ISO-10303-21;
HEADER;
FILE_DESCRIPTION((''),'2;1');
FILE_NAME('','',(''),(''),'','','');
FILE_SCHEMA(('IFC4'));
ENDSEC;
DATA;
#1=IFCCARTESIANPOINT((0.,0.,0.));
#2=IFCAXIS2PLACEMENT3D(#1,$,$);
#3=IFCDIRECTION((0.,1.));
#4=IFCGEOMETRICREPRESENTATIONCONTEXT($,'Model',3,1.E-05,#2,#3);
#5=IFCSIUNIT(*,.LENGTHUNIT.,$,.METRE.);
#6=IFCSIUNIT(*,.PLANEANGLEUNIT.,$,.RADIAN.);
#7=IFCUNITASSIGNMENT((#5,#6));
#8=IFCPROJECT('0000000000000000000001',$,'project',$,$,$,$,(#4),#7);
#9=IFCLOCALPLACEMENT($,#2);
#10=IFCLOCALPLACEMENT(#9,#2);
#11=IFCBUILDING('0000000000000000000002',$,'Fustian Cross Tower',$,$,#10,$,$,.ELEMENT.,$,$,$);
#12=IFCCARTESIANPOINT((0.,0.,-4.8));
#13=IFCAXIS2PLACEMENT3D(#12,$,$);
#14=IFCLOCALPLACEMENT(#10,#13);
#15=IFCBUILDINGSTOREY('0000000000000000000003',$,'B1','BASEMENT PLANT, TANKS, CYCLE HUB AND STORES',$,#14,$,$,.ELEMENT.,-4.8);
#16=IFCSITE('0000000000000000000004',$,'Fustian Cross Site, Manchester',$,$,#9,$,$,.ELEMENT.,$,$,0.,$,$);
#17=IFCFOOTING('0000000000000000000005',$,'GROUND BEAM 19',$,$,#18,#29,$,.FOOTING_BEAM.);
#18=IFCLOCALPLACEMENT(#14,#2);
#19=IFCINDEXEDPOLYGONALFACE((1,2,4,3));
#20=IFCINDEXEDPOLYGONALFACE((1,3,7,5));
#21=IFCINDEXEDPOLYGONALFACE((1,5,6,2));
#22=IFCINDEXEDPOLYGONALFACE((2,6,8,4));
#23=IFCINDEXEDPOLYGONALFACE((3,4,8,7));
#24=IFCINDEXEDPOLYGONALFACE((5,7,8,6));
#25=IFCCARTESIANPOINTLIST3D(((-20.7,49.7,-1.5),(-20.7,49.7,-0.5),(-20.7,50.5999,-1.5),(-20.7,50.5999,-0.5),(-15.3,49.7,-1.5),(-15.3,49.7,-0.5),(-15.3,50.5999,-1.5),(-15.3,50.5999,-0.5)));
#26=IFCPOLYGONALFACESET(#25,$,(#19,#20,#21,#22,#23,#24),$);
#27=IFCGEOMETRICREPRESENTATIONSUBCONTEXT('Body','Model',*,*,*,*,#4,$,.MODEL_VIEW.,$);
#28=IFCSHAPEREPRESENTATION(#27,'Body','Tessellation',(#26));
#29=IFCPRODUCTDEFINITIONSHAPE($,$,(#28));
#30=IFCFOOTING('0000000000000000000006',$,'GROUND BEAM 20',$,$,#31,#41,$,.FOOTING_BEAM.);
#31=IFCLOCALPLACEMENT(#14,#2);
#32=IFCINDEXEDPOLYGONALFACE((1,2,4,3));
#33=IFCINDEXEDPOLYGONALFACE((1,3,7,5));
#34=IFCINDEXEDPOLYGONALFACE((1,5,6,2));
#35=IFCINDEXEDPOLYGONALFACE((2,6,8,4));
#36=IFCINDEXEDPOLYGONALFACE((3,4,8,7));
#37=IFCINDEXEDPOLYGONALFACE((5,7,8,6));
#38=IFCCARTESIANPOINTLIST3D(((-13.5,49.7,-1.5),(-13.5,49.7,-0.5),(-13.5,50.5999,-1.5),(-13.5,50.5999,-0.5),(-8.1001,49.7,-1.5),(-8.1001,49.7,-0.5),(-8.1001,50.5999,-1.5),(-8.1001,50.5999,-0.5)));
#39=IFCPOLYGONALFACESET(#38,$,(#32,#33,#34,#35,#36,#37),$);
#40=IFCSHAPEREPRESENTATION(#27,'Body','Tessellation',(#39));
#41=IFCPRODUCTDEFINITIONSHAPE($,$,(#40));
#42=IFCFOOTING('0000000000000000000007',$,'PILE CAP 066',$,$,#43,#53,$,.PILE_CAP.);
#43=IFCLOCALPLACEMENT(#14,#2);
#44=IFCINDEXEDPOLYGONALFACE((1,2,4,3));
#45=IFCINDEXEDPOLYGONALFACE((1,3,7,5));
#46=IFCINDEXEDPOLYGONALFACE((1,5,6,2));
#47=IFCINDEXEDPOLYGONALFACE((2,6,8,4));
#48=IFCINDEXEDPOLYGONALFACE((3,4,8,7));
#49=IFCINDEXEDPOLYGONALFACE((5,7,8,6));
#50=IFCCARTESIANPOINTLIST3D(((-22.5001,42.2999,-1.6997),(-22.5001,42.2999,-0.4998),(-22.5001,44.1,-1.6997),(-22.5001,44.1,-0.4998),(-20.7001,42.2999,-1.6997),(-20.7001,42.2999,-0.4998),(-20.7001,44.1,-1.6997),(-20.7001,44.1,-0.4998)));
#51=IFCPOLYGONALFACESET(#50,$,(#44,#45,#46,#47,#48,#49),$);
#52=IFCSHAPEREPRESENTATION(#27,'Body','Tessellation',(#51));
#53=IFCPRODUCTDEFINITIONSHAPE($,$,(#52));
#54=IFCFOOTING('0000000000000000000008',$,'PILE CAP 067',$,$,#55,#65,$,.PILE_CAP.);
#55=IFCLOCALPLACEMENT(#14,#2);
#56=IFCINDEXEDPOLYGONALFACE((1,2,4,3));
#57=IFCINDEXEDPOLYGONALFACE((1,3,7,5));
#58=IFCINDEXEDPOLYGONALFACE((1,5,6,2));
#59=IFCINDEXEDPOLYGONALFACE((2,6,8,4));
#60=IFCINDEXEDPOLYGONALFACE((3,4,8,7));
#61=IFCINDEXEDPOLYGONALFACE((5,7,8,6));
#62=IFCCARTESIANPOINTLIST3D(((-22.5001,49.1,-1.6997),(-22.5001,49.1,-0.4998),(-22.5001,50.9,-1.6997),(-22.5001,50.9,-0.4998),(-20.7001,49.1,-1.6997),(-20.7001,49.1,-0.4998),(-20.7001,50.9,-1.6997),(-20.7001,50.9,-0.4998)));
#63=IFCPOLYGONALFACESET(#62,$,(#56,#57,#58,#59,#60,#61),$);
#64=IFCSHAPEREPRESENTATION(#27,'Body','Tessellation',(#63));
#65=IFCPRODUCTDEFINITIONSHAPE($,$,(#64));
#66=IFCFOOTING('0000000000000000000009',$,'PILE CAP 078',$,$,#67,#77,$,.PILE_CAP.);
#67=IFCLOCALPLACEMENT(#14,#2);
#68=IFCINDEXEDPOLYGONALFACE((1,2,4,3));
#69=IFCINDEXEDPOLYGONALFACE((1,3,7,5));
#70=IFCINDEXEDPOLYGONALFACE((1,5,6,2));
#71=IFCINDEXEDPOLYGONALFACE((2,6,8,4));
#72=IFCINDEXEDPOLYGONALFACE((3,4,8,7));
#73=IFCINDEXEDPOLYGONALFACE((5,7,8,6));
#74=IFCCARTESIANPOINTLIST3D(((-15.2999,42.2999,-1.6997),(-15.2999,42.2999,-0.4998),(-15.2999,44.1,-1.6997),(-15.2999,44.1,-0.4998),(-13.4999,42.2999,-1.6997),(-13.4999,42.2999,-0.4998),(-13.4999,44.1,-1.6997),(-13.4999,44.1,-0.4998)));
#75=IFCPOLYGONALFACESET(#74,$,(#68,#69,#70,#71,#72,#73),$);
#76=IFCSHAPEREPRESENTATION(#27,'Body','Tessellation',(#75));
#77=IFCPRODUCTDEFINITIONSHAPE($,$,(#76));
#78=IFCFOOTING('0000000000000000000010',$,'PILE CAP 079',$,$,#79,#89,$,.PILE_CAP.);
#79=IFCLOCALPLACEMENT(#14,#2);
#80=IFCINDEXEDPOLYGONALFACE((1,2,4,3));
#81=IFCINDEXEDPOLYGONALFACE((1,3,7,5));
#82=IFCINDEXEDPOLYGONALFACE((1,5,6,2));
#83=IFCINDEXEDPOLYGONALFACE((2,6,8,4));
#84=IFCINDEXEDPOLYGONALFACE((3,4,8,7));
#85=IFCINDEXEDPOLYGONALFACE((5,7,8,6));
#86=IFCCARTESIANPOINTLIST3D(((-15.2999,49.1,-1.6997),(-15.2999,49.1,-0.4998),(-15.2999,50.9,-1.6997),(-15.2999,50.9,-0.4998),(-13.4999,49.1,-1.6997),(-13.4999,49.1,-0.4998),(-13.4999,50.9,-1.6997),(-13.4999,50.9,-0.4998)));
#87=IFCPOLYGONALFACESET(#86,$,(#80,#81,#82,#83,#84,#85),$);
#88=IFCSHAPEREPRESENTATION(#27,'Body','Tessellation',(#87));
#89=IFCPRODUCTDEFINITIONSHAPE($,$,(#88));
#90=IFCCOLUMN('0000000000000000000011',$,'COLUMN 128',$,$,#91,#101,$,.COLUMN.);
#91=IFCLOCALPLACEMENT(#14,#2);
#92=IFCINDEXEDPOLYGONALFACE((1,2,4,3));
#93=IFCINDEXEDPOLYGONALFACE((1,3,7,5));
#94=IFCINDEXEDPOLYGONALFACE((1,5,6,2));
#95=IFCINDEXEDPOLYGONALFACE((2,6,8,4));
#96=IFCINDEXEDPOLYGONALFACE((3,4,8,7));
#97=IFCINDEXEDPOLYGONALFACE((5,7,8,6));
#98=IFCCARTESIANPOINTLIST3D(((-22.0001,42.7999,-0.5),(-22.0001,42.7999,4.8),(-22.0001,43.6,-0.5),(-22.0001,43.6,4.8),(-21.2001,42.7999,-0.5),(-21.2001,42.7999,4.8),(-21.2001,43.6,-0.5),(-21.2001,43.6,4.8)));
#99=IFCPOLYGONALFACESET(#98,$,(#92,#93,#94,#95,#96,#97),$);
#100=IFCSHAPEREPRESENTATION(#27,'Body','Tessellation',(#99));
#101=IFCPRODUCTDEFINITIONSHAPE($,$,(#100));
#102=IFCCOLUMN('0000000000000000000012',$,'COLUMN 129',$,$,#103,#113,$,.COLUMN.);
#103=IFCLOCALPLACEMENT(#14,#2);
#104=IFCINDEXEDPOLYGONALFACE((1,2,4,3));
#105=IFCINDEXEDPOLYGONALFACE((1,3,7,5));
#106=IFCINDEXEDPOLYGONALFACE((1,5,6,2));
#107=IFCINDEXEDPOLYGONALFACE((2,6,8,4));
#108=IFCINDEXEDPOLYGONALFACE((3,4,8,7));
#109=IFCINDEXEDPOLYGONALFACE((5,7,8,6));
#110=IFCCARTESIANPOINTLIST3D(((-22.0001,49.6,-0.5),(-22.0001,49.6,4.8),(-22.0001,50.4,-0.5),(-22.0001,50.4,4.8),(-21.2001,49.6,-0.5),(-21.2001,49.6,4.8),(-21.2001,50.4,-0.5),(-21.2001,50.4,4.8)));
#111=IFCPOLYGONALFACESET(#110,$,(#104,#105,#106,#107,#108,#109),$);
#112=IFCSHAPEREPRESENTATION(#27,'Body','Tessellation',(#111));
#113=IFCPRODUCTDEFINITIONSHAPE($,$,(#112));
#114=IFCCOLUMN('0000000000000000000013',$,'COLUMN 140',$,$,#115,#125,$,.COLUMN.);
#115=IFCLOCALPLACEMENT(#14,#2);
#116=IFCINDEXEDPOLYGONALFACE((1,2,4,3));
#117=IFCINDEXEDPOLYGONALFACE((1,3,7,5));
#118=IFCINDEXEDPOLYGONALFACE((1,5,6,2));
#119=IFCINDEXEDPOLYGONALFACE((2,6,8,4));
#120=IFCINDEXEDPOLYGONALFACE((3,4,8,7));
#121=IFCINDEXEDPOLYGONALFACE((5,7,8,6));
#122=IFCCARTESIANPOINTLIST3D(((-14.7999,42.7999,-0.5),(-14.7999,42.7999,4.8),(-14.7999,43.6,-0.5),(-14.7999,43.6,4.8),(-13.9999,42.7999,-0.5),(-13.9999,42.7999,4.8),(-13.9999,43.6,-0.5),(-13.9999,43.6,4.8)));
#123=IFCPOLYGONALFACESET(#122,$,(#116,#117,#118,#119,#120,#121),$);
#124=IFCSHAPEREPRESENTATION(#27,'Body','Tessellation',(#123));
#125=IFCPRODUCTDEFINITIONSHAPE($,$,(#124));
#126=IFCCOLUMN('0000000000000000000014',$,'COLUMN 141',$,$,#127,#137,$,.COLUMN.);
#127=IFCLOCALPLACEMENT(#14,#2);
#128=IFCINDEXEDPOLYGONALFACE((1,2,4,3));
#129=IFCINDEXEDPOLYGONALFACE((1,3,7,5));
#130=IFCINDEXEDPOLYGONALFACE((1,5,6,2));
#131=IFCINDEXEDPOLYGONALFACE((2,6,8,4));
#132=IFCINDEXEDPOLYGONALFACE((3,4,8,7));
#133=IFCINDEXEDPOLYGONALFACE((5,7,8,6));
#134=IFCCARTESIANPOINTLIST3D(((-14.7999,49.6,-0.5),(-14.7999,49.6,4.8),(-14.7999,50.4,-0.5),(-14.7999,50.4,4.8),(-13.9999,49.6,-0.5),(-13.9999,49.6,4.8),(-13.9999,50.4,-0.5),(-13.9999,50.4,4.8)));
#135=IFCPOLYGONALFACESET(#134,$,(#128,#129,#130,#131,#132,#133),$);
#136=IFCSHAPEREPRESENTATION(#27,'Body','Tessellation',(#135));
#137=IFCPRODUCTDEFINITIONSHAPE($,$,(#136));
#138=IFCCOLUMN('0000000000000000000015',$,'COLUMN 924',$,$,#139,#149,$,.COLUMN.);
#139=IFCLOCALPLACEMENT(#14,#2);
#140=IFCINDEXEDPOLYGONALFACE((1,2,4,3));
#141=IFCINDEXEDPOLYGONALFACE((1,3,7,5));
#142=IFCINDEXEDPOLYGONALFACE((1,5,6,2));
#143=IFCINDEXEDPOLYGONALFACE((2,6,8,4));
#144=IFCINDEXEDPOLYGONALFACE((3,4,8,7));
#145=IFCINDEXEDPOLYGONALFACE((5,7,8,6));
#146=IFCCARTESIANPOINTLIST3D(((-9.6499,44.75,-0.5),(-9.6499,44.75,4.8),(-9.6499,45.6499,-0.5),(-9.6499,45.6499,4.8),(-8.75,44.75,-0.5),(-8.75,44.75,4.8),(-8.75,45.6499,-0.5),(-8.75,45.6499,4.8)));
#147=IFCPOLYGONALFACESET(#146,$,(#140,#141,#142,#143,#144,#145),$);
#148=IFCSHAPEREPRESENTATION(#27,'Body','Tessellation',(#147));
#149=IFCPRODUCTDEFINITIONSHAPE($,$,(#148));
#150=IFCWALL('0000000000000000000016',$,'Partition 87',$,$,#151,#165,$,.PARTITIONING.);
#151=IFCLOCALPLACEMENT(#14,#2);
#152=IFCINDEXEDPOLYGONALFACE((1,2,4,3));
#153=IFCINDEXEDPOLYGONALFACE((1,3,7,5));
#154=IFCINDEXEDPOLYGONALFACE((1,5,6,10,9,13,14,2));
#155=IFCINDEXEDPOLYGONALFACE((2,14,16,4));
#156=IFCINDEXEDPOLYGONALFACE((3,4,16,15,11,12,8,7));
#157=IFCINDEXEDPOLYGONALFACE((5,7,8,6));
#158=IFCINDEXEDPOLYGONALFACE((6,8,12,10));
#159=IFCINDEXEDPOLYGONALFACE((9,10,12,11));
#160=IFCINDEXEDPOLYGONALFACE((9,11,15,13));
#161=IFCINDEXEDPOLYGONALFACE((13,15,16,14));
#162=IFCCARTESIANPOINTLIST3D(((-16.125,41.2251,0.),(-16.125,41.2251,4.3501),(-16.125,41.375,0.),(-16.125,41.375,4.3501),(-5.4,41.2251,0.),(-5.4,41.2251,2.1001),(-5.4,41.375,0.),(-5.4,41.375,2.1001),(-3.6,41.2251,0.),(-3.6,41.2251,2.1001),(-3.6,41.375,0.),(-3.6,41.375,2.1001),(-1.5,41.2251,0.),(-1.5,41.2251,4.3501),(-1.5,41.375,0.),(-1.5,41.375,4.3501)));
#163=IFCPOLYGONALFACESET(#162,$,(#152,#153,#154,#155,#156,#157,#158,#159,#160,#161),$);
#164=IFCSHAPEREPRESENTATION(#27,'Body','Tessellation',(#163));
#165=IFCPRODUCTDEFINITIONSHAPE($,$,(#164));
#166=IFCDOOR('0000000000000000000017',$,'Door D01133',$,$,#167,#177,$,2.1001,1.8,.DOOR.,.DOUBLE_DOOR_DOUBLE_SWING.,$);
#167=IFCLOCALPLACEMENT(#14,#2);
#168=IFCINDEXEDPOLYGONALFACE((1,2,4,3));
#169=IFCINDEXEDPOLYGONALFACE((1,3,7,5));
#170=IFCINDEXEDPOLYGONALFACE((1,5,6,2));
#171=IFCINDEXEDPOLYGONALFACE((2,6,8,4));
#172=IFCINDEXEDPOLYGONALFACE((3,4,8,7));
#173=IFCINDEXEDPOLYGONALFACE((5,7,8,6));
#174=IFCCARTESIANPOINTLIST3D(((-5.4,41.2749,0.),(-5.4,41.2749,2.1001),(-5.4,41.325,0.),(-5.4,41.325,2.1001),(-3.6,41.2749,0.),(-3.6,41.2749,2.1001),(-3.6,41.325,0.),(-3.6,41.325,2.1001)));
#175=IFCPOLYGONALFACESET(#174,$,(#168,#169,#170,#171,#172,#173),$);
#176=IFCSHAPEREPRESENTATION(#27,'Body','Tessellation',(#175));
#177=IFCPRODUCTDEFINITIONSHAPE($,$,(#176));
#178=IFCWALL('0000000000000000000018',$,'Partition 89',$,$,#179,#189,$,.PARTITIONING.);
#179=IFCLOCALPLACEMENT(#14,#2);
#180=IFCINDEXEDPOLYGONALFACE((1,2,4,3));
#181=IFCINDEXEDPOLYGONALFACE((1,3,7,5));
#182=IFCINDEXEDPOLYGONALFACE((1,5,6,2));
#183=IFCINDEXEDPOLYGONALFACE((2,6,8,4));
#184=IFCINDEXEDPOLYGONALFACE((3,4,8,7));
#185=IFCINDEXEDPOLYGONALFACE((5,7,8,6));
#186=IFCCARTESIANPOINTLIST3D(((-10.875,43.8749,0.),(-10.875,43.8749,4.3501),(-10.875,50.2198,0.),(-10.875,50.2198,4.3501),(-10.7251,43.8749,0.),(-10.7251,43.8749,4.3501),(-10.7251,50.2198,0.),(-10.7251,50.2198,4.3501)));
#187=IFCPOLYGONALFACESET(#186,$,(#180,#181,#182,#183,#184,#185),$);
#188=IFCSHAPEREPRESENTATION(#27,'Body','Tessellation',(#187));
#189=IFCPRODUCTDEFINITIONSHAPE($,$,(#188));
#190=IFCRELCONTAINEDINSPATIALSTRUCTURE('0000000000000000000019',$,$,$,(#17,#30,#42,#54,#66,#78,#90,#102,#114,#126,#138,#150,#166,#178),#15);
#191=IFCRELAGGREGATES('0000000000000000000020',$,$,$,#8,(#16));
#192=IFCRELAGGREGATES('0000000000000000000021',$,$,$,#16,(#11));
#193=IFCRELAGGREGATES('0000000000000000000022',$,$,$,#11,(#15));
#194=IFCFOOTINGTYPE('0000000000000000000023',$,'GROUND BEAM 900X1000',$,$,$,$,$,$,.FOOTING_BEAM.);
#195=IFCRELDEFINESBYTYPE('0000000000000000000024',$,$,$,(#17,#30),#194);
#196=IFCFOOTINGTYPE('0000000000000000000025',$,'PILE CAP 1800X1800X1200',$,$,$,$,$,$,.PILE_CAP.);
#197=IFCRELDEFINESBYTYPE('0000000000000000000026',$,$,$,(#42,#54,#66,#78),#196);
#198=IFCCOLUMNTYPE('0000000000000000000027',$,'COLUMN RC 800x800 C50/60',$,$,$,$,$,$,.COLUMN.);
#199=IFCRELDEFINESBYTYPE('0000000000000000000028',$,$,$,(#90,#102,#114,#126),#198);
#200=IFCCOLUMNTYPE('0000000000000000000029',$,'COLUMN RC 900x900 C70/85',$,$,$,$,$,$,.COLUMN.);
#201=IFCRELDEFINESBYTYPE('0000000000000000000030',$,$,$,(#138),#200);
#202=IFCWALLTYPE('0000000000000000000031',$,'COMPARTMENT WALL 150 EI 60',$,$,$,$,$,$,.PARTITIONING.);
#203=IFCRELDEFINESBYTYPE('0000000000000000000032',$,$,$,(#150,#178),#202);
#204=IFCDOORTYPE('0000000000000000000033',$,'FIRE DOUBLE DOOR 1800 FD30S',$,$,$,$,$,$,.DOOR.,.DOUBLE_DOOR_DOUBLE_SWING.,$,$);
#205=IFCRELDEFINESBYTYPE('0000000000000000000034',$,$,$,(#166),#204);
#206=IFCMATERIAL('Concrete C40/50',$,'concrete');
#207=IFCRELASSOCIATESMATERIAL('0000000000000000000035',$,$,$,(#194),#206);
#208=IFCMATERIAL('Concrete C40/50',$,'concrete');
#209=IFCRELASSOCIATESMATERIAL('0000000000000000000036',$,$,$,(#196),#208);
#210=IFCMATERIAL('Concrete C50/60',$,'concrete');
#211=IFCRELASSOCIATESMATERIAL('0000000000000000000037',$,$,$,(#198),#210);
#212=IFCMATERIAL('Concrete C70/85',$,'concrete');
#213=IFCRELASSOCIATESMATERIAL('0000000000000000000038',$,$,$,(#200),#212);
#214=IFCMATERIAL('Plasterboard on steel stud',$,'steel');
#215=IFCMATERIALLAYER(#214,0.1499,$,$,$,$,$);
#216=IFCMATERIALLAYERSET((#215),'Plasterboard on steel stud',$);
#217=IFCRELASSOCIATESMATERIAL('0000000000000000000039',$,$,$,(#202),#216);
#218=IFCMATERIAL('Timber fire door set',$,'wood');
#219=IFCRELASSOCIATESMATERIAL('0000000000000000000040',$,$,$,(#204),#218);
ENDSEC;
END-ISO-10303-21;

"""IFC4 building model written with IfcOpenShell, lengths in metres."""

from ifc_helpers import new_model, si_unit, direction, frame, frame_2d, origin, origin_2d, place, context, subcontext, project, spatial, rectangle, extrude, material, layer, layer_set, material_profile, profile_set, type_object, element, fill, save


model = new_model("IFC4")

# Units and contexts
model_context = context("Model", 3, precision=1e-05, world=origin(), true_north=direction((0.0, 1.0)))
body_context = subcontext(model_context, "Body", "Model", "MODEL_VIEW")
ifc_project = project(units=[si_unit("LENGTHUNIT", "METRE"), si_unit("PLANEANGLEUNIT", "RADIAN")], contexts=[model_context])

# Site, building, storey
site_placement = place(None, origin())
site = spatial("IfcSite", under=ifc_project, at=site_placement, Name="Fustian Cross Site, Manchester", CompositionType="ELEMENT", RefElevation=0.0)
building_placement = place(site_placement, origin())
building = spatial("IfcBuilding", under=site, at=building_placement, Name="Fustian Cross Tower", CompositionType="ELEMENT")
storey_placement = place(building_placement, frame((0.0, 0.0, -4.8)))
storey = spatial("IfcBuildingStorey", under=building, at=storey_placement, Name="B1", Description="BASEMENT PLANT, TANKS, CYCLE HUB AND STORES", CompositionType="ELEMENT", Elevation=-4.8)

# Footings
ifc_material_1 = material(Name="Concrete C40/50", Category="concrete")
footing_type_1 = type_object("IfcFootingType", Name="GROUND BEAM 900X1000", PredefinedType="FOOTING_BEAM", material=ifc_material_1)
for number, where, z_axis, x_axis, name in (
    (1, (-18.0, 50.1499, -1.5), (0.0, 0.0, 1.0), (1.0, 0.0, 0.0), "GROUND BEAM 19"),
    (2, (-10.8, 50.1499, -1.5), (0.0, 0.0, 1.0), (1.0, 0.0, 0.0), "GROUND BEAM 20"),
):
    element("IfcFooting", number, at=place(storey_placement, frame(where, z_axis=z_axis, x_axis=x_axis)), inside=storey, type_object=footing_type_1, Name=name, PredefinedType="FOOTING_BEAM", context=body_context, shape_type="SweptSolid", body=[
        extrude(rectangle(XDim=5.3999, YDim=0.8999, at=origin_2d()), origin(), (0.0, 0.0, 1.0), 1.0),
    ])
ifc_material_2 = material(Name="Concrete C40/50", Category="concrete")
footing_type_2 = type_object("IfcFootingType", Name="PILE CAP 1800X1800X1200", PredefinedType="PILE_CAP", material=ifc_material_2)
for number, where, z_axis, x_axis, name in (
    (3, (-21.6001, 43.2, -1.6997), (0.0, 0.0, 1.0), (1.0, 0.0, 0.0), "PILE CAP 066"),
    (4, (-21.6001, 50.0, -1.6997), (0.0, 0.0, 1.0), (1.0, 0.0, 0.0), "PILE CAP 067"),
    (5, (-14.3999, 43.2, -1.6997), (0.0, 0.0, 1.0), (1.0, 0.0, 0.0), "PILE CAP 078"),
    (6, (-14.3999, 50.0, -1.6997), (0.0, 0.0, 1.0), (1.0, 0.0, 0.0), "PILE CAP 079"),
):
    element("IfcFooting", number, at=place(storey_placement, frame(where, z_axis=z_axis, x_axis=x_axis)), inside=storey, type_object=footing_type_2, Name=name, PredefinedType="PILE_CAP", context=body_context, shape_type="SweptSolid", body=[
        extrude(rectangle(XDim=1.8, YDim=1.8, at=origin_2d()), origin(), (0.0, 0.0, 1.0), 1.2),
    ])

# Columns
ifc_material_3 = material(Name="Concrete C50/60", Category="concrete")
ifc_material_profile_1 = material_profile(ifc_material_3, rectangle(XDim=0.8, YDim=0.8, at=origin_2d()), Name="RC 800x800")
ifc_profile_set_1 = profile_set([ifc_material_profile_1], Name="Concrete C50/60")
column_type_1 = type_object("IfcColumnType", Name="COLUMN RC 800x800 C50/60", PredefinedType="COLUMN", material=ifc_profile_set_1)
for number, where, z_axis, x_axis, name in (
    (7, (-21.6001, 43.2, -0.5), (0.0, 0.0, 1.0), (1.0, 0.0, 0.0), "COLUMN 128"),
    (8, (-21.6001, 50.0, -0.5), (0.0, 0.0, 1.0), (1.0, 0.0, 0.0), "COLUMN 129"),
    (9, (-14.3999, 43.2, -0.5), (0.0, 0.0, 1.0), (1.0, 0.0, 0.0), "COLUMN 140"),
    (10, (-14.3999, 50.0, -0.5), (0.0, 0.0, 1.0), (1.0, 0.0, 0.0), "COLUMN 141"),
):
    element("IfcColumn", number, at=place(storey_placement, frame(where, z_axis=z_axis, x_axis=x_axis)), inside=storey, type_object=column_type_1, Name=name, PredefinedType="COLUMN", context=body_context, shape_type="SweptSolid", body=[
        extrude(rectangle(XDim=0.8, YDim=0.8, at=origin_2d()), origin(), (0.0, 0.0, 1.0), 5.3),
    ])
ifc_material_4 = material(Name="Concrete C70/85", Category="concrete")
ifc_material_profile_2 = material_profile(ifc_material_4, rectangle(XDim=0.8999, YDim=0.8999, at=origin_2d()), Name="RC 900x900")
ifc_profile_set_2 = profile_set([ifc_material_profile_2], Name="Concrete C70/85")
column_type_2 = type_object("IfcColumnType", Name="COLUMN RC 900x900 C70/85", PredefinedType="COLUMN", material=ifc_profile_set_2)
column_placement = place(storey_placement, frame((-9.2, 45.2, -0.5), z_axis=(0.0, 0.0, 1.0), x_axis=(1.0, 0.0, 0.0)))
element("IfcColumn", 11, at=column_placement, inside=storey, type_object=column_type_2, Name="COLUMN 924", PredefinedType="COLUMN", context=body_context, shape_type="SweptSolid", body=[
    extrude(rectangle(XDim=0.8999, YDim=0.8999, at=origin_2d()), origin(), (0.0, 0.0, 1.0), 5.3),
])

# Wall, opening, door
ifc_material_5 = material(Name="Plasterboard on steel stud", Category="steel")
ifc_layer = layer(ifc_material_5, 0.1499)
ifc_layer_set = layer_set([ifc_layer], Name="Plasterboard on steel stud")
wall_type = type_object("IfcWallType", Name="COMPARTMENT WALL 150 EI 60", PredefinedType="PARTITIONING", material=ifc_layer_set)
wall_1_placement = place(storey_placement, frame((-16.125, 41.3, 0.0), z_axis=(0.0, 0.0, 1.0), x_axis=(1.0, 0.0, 0.0)))
wall_1 = element("IfcWall", 12, at=wall_1_placement, inside=storey, type_object=wall_type, Name="Partition 87", PredefinedType="PARTITIONING", context=body_context, shape_type="SweptSolid", body=[
    extrude(rectangle(XDim=14.625, YDim=0.1499, at=frame_2d((7.3125, 0.0))), origin(), (0.0, 0.0, 1.0), 4.3501),
])
opening_placement = place(wall_1_placement, frame((10.7251, 0.0, 0.0)))
opening = element("IfcOpeningElement", 13, at=opening_placement, cuts=wall_1, PredefinedType="OPENING", context=body_context, shape_type="SweptSolid", body=[
    extrude(rectangle(XDim=1.8, YDim=2.1001, at=frame_2d((0.8999, 1.05))), frame((0.0, 0.085, 0.0), z_axis=(0.0, -1.0, 0.0), x_axis=(1.0, 0.0, 0.0)), (0.0, 0.0, 1.0), 0.1699),
])
ifc_material_6 = material(Name="Timber fire door set", Category="wood")
door_type = type_object("IfcDoorType", Name="FIRE DOUBLE DOOR 1800 FD30S", OperationType="DOUBLE_DOOR_DOUBLE_SWING", PredefinedType="DOOR", material=ifc_material_6)
door_placement = place(opening_placement, origin())
door = element("IfcDoor", 14, at=door_placement, inside=storey, type_object=door_type, Name="Door D01133", OperationType="DOUBLE_DOOR_DOUBLE_SWING", OverallHeight=2.1001, OverallWidth=1.8, PredefinedType="DOOR", context=body_context, shape_type="SweptSolid", body=[
    extrude(rectangle(XDim=1.8, YDim=2.1001, at=frame_2d((0.8999, 1.05))), frame((0.0, 0.0249, 0.0), z_axis=(0.0, -1.0, 0.0), x_axis=(1.0, 0.0, 0.0)), (0.0, 0.0, 1.0), 0.05),
])
fill(opening, door)

# Wall
wall_2_placement = place(storey_placement, frame((-10.8, 43.875, 0.0), z_axis=(0.0, 0.0, 1.0), x_axis=(0.0, 1.0, 0.0)))
element("IfcWall", 15, at=wall_2_placement, inside=storey, type_object=wall_type, Name="Partition 89", PredefinedType="PARTITIONING", context=body_context, shape_type="SweptSolid", body=[
    extrude(rectangle(XDim=6.345, YDim=0.1499, at=frame_2d((3.1724, 0.0))), origin(), (0.0, 0.0, 1.0), 4.3501),
])

save(model, "model.ifc")
